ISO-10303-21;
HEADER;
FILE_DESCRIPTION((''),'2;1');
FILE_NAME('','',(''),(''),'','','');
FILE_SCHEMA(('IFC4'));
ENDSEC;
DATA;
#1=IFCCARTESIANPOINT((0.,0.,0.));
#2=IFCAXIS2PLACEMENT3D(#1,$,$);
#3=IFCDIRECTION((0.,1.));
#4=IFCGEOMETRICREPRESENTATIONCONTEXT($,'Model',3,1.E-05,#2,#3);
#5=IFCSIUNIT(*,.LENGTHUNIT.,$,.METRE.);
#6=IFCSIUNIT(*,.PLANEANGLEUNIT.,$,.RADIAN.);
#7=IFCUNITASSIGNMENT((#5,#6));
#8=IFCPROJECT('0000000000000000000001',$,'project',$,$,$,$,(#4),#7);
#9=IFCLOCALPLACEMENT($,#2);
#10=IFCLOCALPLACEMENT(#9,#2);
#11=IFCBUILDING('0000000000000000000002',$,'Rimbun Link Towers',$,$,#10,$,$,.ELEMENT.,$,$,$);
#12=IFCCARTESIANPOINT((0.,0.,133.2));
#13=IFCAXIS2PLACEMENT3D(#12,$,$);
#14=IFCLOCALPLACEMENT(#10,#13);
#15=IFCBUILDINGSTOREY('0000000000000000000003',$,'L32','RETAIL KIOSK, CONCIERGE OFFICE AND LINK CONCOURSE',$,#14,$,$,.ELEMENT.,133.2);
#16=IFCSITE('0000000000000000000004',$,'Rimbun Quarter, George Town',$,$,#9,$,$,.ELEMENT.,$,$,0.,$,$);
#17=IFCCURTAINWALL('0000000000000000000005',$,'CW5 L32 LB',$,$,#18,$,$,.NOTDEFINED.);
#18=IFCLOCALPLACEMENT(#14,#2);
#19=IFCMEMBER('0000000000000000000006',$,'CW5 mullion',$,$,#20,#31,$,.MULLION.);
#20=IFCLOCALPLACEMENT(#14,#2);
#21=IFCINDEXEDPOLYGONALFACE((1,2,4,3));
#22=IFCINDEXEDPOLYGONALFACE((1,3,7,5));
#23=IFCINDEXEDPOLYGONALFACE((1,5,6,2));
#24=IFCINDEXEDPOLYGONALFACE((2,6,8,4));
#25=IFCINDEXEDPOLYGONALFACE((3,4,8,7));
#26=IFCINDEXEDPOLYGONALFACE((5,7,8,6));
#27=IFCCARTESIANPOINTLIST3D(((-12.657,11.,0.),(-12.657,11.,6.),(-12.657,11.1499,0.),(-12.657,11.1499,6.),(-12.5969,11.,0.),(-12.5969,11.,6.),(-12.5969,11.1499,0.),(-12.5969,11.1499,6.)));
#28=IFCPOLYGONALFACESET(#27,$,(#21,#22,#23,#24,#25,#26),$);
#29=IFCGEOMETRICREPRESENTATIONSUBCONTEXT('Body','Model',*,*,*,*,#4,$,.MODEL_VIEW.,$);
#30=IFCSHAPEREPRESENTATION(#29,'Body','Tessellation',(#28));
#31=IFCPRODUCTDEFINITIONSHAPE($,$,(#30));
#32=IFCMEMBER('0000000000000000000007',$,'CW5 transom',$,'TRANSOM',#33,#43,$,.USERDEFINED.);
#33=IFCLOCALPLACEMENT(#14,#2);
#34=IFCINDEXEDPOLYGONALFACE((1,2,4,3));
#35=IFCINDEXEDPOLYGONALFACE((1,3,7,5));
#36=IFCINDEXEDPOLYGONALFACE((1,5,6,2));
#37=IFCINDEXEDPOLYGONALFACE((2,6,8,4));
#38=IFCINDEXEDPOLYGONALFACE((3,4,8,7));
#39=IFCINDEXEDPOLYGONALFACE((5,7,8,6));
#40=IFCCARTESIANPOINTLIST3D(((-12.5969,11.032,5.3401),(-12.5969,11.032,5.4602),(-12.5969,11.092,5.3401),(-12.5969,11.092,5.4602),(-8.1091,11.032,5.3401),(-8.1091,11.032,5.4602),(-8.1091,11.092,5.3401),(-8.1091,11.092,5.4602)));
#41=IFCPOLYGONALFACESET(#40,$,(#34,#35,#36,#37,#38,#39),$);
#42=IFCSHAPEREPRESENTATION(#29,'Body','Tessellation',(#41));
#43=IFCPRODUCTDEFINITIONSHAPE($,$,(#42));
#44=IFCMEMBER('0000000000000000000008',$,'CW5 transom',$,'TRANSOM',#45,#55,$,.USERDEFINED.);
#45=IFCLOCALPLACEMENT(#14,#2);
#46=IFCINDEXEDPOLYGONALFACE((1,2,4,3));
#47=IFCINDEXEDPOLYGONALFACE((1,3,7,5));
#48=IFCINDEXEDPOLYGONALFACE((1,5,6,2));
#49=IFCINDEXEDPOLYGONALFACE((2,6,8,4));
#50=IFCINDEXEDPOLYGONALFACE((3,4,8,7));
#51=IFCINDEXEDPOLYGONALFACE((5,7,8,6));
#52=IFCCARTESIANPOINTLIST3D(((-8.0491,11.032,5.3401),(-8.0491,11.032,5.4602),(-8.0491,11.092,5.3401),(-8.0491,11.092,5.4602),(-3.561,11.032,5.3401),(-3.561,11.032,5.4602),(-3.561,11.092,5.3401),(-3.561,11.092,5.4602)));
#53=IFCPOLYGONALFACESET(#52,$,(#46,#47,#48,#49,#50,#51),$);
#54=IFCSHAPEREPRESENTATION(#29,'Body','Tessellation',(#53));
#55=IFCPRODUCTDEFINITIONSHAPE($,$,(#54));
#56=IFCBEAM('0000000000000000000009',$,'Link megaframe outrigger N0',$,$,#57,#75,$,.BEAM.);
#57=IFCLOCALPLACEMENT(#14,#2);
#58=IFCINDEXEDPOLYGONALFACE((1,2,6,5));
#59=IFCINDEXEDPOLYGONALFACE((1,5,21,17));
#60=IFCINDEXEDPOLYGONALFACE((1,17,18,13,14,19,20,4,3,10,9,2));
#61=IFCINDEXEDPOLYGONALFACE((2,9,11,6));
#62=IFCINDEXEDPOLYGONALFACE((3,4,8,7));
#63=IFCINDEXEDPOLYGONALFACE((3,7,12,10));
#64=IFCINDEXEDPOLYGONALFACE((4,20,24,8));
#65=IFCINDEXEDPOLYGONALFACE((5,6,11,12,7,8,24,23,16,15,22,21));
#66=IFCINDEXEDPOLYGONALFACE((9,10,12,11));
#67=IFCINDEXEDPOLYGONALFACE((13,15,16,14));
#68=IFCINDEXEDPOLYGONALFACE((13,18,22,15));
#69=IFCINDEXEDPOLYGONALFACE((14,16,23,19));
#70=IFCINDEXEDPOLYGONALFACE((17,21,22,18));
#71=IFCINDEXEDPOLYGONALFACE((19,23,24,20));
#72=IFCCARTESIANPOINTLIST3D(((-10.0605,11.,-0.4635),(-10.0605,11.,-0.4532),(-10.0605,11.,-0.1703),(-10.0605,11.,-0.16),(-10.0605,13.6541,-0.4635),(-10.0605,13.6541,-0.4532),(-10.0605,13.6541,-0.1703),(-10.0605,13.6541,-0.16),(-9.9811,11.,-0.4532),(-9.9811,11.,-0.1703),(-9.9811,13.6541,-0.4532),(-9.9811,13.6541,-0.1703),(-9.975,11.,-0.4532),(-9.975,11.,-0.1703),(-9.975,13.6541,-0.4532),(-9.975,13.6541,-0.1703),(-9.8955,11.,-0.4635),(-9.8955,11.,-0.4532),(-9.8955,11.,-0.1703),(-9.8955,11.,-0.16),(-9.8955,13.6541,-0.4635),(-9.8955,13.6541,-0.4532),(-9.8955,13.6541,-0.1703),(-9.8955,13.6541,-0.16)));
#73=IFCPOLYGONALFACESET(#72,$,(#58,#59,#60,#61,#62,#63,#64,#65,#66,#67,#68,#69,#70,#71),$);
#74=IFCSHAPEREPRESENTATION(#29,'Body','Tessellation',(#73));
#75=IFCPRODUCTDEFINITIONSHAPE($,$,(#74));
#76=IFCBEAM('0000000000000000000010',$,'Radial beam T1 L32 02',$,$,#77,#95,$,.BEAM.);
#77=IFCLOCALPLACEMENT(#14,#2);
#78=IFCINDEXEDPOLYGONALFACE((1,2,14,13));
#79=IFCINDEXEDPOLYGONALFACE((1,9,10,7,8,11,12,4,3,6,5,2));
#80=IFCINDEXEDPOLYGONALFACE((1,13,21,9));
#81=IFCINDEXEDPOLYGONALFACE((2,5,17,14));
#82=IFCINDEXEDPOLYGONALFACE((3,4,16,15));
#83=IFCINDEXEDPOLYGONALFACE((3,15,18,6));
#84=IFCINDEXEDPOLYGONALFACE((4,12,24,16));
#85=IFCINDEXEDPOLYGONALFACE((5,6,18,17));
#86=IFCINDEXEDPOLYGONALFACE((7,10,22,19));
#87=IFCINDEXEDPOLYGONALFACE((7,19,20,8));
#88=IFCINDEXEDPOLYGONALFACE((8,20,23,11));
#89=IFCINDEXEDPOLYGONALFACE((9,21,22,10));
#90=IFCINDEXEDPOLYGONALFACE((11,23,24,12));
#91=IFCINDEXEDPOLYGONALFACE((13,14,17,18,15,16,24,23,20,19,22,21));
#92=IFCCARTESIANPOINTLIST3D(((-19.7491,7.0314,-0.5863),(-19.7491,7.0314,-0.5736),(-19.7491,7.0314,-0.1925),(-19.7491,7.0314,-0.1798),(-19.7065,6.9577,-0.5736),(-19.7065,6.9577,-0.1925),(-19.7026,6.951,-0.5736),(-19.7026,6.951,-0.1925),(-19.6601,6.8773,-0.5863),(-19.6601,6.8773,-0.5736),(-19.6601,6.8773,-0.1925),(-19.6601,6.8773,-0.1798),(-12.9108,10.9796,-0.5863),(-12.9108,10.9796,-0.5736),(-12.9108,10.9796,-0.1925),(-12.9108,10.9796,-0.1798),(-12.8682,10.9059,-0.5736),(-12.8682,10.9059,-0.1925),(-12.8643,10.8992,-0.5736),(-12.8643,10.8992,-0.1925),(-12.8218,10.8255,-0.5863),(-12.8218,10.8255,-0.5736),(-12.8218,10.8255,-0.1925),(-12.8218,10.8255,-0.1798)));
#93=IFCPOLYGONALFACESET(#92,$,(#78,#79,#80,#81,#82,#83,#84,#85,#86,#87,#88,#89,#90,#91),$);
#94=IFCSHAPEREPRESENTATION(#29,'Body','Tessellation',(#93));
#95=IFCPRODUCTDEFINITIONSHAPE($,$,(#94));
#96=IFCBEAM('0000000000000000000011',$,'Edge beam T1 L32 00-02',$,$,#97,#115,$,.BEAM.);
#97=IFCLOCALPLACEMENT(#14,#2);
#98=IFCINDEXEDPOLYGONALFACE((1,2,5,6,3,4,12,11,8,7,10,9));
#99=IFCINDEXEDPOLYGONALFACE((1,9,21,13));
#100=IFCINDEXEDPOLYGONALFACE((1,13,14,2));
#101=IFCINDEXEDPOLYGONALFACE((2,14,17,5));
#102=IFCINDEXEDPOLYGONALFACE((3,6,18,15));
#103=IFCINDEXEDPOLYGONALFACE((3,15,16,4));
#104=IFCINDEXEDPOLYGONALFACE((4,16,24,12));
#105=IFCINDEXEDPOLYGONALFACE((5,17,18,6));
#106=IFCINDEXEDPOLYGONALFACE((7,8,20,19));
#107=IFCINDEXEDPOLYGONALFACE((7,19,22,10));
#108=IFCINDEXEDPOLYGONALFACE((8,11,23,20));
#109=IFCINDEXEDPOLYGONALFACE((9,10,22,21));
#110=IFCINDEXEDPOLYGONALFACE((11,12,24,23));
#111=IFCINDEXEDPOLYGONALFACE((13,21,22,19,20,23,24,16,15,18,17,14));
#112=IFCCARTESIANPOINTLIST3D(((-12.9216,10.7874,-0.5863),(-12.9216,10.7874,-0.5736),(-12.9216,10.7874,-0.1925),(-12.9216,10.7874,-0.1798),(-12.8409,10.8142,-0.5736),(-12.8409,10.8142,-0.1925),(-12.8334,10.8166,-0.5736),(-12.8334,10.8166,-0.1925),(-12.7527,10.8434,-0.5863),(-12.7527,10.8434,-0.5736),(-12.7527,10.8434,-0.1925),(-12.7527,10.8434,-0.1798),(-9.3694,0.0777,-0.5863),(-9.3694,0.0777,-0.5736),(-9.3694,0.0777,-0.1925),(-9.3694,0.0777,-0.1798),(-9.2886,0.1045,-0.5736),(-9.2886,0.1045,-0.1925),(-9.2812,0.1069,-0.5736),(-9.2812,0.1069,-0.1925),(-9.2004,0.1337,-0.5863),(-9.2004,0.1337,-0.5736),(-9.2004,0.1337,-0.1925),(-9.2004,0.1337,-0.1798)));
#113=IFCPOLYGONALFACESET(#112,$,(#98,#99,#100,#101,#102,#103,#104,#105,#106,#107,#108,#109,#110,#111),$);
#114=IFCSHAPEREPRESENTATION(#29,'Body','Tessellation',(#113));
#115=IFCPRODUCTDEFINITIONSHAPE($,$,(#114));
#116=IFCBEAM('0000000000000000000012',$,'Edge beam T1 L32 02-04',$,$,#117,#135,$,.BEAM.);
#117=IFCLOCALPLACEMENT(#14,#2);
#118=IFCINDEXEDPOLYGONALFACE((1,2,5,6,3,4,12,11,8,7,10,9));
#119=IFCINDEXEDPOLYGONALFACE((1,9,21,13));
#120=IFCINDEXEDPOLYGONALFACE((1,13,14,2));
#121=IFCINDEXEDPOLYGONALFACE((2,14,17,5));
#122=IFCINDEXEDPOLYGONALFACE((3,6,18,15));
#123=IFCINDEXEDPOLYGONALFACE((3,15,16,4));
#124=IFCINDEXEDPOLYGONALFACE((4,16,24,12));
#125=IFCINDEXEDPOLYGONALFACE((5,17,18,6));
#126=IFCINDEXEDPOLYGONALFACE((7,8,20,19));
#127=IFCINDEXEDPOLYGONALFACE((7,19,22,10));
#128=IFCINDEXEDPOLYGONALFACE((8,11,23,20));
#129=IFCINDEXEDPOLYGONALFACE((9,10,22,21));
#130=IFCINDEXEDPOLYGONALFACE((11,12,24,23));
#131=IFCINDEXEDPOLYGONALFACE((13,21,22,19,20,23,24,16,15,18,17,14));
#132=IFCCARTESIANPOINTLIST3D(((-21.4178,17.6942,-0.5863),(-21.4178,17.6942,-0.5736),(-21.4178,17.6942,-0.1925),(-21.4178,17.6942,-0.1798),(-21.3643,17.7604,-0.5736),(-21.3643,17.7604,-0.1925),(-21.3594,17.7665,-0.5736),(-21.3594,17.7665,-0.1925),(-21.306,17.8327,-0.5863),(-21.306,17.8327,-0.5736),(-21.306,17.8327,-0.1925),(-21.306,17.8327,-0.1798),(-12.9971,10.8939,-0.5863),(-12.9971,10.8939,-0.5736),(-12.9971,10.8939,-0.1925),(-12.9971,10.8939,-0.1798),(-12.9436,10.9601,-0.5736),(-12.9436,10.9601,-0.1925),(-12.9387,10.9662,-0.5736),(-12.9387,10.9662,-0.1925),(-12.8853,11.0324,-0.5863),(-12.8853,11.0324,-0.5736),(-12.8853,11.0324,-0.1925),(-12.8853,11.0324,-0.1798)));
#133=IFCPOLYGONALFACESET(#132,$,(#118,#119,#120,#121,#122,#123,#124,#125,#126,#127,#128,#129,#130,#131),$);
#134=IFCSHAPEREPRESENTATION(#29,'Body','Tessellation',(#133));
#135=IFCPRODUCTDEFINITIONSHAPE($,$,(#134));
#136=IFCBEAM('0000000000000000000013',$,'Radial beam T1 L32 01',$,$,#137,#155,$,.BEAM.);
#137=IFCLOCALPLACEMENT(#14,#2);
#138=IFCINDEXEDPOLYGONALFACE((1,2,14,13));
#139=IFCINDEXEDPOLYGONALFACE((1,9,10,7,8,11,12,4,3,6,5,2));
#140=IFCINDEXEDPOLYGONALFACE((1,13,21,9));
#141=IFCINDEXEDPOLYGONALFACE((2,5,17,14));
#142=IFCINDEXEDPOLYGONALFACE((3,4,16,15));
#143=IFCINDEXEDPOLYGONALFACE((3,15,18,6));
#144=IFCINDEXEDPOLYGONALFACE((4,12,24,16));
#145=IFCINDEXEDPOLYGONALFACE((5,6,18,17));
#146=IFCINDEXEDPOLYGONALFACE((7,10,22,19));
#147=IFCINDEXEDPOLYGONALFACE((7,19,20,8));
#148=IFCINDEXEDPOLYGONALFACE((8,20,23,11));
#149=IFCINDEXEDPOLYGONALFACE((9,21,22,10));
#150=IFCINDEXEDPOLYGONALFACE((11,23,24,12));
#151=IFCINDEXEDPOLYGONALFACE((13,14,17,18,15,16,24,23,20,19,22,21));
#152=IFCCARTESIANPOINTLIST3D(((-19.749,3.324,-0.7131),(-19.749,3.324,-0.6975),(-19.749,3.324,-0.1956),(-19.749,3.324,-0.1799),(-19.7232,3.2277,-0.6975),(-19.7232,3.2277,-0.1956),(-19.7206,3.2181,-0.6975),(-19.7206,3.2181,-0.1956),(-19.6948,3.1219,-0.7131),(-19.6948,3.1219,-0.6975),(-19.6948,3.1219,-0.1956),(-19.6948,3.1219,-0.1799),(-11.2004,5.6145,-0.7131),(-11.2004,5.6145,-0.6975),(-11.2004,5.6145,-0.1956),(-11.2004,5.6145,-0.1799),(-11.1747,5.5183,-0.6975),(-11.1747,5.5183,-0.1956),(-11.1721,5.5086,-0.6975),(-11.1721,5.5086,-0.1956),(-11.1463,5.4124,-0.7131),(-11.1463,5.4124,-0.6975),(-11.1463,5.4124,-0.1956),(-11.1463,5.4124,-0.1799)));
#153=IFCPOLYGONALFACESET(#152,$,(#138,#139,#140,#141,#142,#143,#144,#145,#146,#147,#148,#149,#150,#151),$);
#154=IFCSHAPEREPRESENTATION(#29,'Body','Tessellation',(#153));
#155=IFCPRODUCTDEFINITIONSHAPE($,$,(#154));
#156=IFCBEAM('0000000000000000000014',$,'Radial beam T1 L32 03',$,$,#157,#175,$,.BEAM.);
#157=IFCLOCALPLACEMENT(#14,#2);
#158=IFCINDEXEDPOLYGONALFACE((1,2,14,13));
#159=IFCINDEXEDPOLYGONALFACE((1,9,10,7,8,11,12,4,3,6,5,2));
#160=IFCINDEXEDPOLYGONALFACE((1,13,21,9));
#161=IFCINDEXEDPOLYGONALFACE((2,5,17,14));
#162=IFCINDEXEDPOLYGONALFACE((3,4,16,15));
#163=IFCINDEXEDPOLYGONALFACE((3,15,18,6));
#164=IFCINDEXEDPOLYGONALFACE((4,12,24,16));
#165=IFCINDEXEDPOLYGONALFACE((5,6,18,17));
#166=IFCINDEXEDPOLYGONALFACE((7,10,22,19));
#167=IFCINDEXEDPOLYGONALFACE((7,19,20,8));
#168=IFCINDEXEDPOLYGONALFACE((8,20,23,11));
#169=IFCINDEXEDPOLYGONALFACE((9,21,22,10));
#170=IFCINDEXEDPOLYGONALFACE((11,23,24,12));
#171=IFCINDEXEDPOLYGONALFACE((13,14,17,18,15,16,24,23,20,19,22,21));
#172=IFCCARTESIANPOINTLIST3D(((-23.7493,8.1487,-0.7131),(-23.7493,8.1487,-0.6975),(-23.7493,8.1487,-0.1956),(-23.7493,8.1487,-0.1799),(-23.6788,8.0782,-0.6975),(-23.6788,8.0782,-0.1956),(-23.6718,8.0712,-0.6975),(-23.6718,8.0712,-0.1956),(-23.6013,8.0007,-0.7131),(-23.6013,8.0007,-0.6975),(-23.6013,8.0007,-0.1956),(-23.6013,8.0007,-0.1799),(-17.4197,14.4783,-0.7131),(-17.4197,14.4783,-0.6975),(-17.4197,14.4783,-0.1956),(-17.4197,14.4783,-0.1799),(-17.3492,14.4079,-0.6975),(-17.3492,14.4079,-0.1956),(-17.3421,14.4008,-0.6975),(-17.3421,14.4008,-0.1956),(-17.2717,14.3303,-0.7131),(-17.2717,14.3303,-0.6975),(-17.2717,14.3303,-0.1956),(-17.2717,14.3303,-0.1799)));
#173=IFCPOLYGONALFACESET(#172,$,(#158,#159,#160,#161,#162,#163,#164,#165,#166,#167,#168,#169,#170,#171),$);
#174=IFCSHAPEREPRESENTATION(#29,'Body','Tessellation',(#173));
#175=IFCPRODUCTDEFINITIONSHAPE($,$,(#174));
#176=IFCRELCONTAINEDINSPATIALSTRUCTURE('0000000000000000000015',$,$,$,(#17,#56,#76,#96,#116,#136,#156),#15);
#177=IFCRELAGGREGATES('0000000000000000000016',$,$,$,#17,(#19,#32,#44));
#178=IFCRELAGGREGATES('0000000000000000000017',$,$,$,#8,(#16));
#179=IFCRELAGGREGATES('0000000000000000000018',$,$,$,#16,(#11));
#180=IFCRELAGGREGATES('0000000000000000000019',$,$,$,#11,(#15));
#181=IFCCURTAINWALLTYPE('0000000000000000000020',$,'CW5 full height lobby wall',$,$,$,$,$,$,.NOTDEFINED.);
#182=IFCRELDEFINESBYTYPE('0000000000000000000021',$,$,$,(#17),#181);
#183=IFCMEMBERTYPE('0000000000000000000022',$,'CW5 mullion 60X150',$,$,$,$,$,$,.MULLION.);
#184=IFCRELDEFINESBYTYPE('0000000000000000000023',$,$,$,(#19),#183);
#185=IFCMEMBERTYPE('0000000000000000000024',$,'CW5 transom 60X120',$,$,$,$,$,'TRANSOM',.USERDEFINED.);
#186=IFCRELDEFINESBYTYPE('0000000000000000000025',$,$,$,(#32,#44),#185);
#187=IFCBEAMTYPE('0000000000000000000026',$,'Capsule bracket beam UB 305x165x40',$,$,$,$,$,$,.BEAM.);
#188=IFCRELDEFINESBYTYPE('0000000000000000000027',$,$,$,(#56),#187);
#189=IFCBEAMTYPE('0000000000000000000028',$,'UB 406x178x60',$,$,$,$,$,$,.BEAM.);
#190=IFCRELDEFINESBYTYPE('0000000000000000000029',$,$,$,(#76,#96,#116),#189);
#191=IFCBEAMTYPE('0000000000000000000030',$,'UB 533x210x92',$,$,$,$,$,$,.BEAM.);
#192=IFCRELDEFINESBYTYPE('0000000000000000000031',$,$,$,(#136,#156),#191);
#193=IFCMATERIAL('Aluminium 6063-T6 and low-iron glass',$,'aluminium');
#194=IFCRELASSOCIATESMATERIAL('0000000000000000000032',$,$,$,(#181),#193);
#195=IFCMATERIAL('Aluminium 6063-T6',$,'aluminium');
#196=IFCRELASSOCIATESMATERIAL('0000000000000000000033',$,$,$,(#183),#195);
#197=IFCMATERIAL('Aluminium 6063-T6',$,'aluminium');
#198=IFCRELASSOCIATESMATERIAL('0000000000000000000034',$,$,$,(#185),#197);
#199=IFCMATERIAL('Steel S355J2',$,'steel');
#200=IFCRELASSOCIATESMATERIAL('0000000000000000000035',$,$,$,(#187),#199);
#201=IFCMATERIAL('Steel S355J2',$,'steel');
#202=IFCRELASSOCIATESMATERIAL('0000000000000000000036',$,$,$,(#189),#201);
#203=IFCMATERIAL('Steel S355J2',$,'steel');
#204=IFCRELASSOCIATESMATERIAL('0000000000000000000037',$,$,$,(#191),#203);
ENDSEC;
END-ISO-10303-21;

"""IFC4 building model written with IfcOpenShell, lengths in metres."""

from ifc_helpers import new_model, si_unit, direction, frame, origin, origin_2d, place, context, subcontext, project, spatial, rectangle, i_section, extrude, material, material_profile, profile_set, type_object, element, aggregate, save


model = new_model("IFC4")

# Units and contexts
model_context = context("Model", 3, precision=1e-05, world=origin(), true_north=direction((0.0, 1.0)))
body_context = subcontext(model_context, "Body", "Model", "MODEL_VIEW")
ifc_project = project(units=[si_unit("LENGTHUNIT", "METRE"), si_unit("PLANEANGLEUNIT", "RADIAN")], contexts=[model_context])

# Site, building, storey
site_placement = place(None, origin())
site = spatial("IfcSite", under=ifc_project, at=site_placement, Name="Rimbun Quarter, George Town", CompositionType="ELEMENT", RefElevation=0.0)
building_placement = place(site_placement, origin())
building = spatial("IfcBuilding", under=site, at=building_placement, Name="Rimbun Link Towers", CompositionType="ELEMENT")
storey_placement = place(building_placement, frame((0.0, 0.0, 133.2)))
storey = spatial("IfcBuildingStorey", under=building, at=storey_placement, Name="L32", Description="RETAIL KIOSK, CONCIERGE OFFICE AND LINK CONCOURSE", CompositionType="ELEMENT", Elevation=133.2)

# Curtain wall, members
ifc_material_1 = material(Name="Aluminium 6063-T6 and low-iron glass", Category="aluminium")
curtain_wall_type = type_object("IfcCurtainWallType", Name="CW5 full height lobby wall", PredefinedType="NOTDEFINED", material=ifc_material_1)
curtain_wall_placement = place(storey_placement, origin())
curtain_wall = element("IfcCurtainWall", 1, at=curtain_wall_placement, inside=storey, type_object=curtain_wall_type, Name="CW5 L32 LB", PredefinedType="NOTDEFINED")
ifc_material_2 = material(Name="Aluminium 6063-T6", Category="aluminium")
ifc_material_profile_1 = material_profile(ifc_material_2, rectangle(XDim=0.1499, YDim=0.0601, at=origin_2d()), Name="MULLION 60X150")
ifc_profile_set_1 = profile_set([ifc_material_profile_1], Name="Aluminium 6063-T6")
member_type_1 = type_object("IfcMemberType", Name="CW5 mullion 60X150", PredefinedType="MULLION", material=ifc_profile_set_1)
member_1_placement = place(storey_placement, frame((-12.627, 11.075, 0.0), z_axis=(0.0, 0.0, 1.0), x_axis=(0.0, 1.0, 0.0)))
member_1 = element("IfcMember", 2, at=member_1_placement, type_object=member_type_1, Name="CW5 mullion", PredefinedType="MULLION", context=body_context, shape_type="SweptSolid", body=[
    extrude(rectangle(XDim=0.1499, YDim=0.0601, at=origin_2d()), origin(), (0.0, 0.0, 1.0), 6.0),
])
ifc_material_3 = material(Name="Aluminium 6063-T6", Category="aluminium")
ifc_material_profile_2 = material_profile(ifc_material_3, rectangle(XDim=0.0601, YDim=0.1201, at=origin_2d()), Name="TRANSOM 60X120")
ifc_profile_set_2 = profile_set([ifc_material_profile_2], Name="Aluminium 6063-T6")
member_type_2 = type_object("IfcMemberType", Name="CW5 transom 60X120", ElementType="TRANSOM", PredefinedType="USERDEFINED", material=ifc_profile_set_2)
member_2_placement = place(storey_placement, frame((-12.5969, 11.062, 5.4001), z_axis=(1.0, 0.0, 0.0), x_axis=(0.0, 1.0, 0.0)))
member_2 = element("IfcMember", 3, at=member_2_placement, type_object=member_type_2, Name="CW5 transom", ObjectType="TRANSOM", PredefinedType="USERDEFINED", context=body_context, shape_type="SweptSolid", body=[
    extrude(rectangle(XDim=0.0601, YDim=0.1201, at=origin_2d()), origin(), (0.0, 0.0, 1.0), 4.4878),
])
member_3_placement = place(storey_placement, frame((-8.0491, 11.062, 5.4001), z_axis=(1.0, 0.0, 0.0), x_axis=(0.0, 1.0, 0.0)))
member_3 = element("IfcMember", 4, at=member_3_placement, type_object=member_type_2, Name="CW5 transom", ObjectType="TRANSOM", PredefinedType="USERDEFINED", context=body_context, shape_type="SweptSolid", body=[
    extrude(rectangle(XDim=0.0601, YDim=0.1201, at=origin_2d()), origin(), (0.0, 0.0, 1.0), 4.488),
])

# Beam
ifc_material_4 = material(Name="Steel S355J2", Category="steel")
ifc_material_profile_3 = material_profile(ifc_material_4, i_section(OverallWidth=0.165, OverallDepth=0.3035, WebThickness=0.0061, FlangeThickness=0.0103, at=origin_2d()), Name="UB 305x165x40")
ifc_profile_set_3 = profile_set([ifc_material_profile_3], Name="Steel S355J2")
beam_type_1 = type_object("IfcBeamType", Name="Capsule bracket beam UB 305x165x40", PredefinedType="BEAM", material=ifc_profile_set_3)
beam_1_placement = place(storey_placement, frame((-9.978, 11.0, -0.3118), z_axis=(0.0, 1.0, 0.0), x_axis=(-1.0, 0.0, 0.0)))
element("IfcBeam", 5, at=beam_1_placement, inside=storey, type_object=beam_type_1, Name="Link megaframe outrigger N0", PredefinedType="BEAM", context=body_context, shape_type="SweptSolid", body=[
    extrude(i_section(OverallWidth=0.165, OverallDepth=0.3035, WebThickness=0.0061, FlangeThickness=0.0103, at=origin_2d()), origin(), (0.0, 0.0, 1.0), 2.6541),
])

# Beams
ifc_material_5 = material(Name="Steel S355J2", Category="steel")
ifc_material_profile_4 = material_profile(ifc_material_5, i_section(OverallWidth=0.178, OverallDepth=0.4065, WebThickness=0.0078, FlangeThickness=0.0127, at=origin_2d()), Name="UB 406x178x60")
ifc_profile_set_4 = profile_set([ifc_material_profile_4], Name="Steel S355J2")
beam_type_2 = type_object("IfcBeamType", Name="UB 406x178x60", PredefinedType="BEAM", material=ifc_profile_set_4)
beam_2_placement = place(storey_placement, frame((-19.7046, 6.9543, -0.3831), z_axis=(0.86602, 0.50001, 0.0), x_axis=(-0.50001, 0.86602, 0.0)))
element("IfcBeam", 6, at=beam_2_placement, inside=storey, type_object=beam_type_2, Name="Radial beam T1 L32 02", PredefinedType="BEAM", context=body_context, shape_type="SweptSolid", body=[
    extrude(i_section(OverallWidth=0.178, OverallDepth=0.4065, WebThickness=0.0078, FlangeThickness=0.0127, at=origin_2d()), origin(), (0.0, 0.0, 1.0), 7.8962),
])
beam_3_placement = place(storey_placement, frame((-9.2849, 0.1057, -0.3831), z_axis=(-0.314819, 0.949152, 0.0), x_axis=(-0.949152, -0.314819, 0.0)))
element("IfcBeam", 7, at=beam_3_placement, inside=storey, type_object=beam_type_2, Name="Edge beam T1 L32 00-02", PredefinedType="BEAM", context=body_context, shape_type="SweptSolid", body=[
    extrude(i_section(OverallWidth=0.178, OverallDepth=0.4065, WebThickness=0.0078, FlangeThickness=0.0127, at=origin_2d()), origin(), (0.0, 0.0, 1.0), 11.2834),
])
beam_4_placement = place(storey_placement, frame((-12.9412, 10.9631, -0.3831), z_axis=(-0.777987, 0.628281, 0.0), x_axis=(-0.628281, -0.777987, 0.0)))
element("IfcBeam", 8, at=beam_4_placement, inside=storey, type_object=beam_type_2, Name="Edge beam T1 L32 02-04", PredefinedType="BEAM", context=body_context, shape_type="SweptSolid", body=[
    extrude(i_section(OverallWidth=0.178, OverallDepth=0.4065, WebThickness=0.0078, FlangeThickness=0.0127, at=origin_2d()), origin(), (0.0, 0.0, 1.0), 10.8237),
])
ifc_material_6 = material(Name="Steel S355J2", Category="steel")
ifc_material_profile_5 = material_profile(ifc_material_6, i_section(OverallWidth=0.2092, OverallDepth=0.5332, WebThickness=0.01, FlangeThickness=0.0156, at=origin_2d()), Name="UB 533x210x92")
ifc_profile_set_5 = profile_set([ifc_material_profile_5], Name="Steel S355J2")
beam_type_3 = type_object("IfcBeamType", Name="UB 533x210x92", PredefinedType="BEAM", material=ifc_profile_set_5)
beam_5_placement = place(storey_placement, frame((-19.7219, 3.2229, -0.4465), z_axis=(0.965927, 0.258813, 0.0), x_axis=(-0.258813, 0.965927, 0.0)))
element("IfcBeam", 9, at=beam_5_placement, inside=storey, type_object=beam_type_3, Name="Radial beam T1 L32 01", PredefinedType="BEAM", context=body_context, shape_type="SweptSolid", body=[
    extrude(i_section(OverallWidth=0.2092, OverallDepth=0.5332, WebThickness=0.01, FlangeThickness=0.0156, at=origin_2d()), origin(), (0.0, 0.0, 1.0), 8.8501),
])
beam_6_placement = place(storey_placement, frame((-23.6753, 8.0747, -0.4465), z_axis=(0.707107, 0.707107, 0.0), x_axis=(-0.707107, 0.707107, 0.0)))
element("IfcBeam", 10, at=beam_6_placement, inside=storey, type_object=beam_type_3, Name="Radial beam T1 L32 03", PredefinedType="BEAM", context=body_context, shape_type="SweptSolid", body=[
    extrude(i_section(OverallWidth=0.2092, OverallDepth=0.5332, WebThickness=0.01, FlangeThickness=0.0156, at=origin_2d()), origin(), (0.0, 0.0, 1.0), 8.9514),
])

aggregate(curtain_wall, [member_1, member_2, member_3])

save(model, "model.ifc")
